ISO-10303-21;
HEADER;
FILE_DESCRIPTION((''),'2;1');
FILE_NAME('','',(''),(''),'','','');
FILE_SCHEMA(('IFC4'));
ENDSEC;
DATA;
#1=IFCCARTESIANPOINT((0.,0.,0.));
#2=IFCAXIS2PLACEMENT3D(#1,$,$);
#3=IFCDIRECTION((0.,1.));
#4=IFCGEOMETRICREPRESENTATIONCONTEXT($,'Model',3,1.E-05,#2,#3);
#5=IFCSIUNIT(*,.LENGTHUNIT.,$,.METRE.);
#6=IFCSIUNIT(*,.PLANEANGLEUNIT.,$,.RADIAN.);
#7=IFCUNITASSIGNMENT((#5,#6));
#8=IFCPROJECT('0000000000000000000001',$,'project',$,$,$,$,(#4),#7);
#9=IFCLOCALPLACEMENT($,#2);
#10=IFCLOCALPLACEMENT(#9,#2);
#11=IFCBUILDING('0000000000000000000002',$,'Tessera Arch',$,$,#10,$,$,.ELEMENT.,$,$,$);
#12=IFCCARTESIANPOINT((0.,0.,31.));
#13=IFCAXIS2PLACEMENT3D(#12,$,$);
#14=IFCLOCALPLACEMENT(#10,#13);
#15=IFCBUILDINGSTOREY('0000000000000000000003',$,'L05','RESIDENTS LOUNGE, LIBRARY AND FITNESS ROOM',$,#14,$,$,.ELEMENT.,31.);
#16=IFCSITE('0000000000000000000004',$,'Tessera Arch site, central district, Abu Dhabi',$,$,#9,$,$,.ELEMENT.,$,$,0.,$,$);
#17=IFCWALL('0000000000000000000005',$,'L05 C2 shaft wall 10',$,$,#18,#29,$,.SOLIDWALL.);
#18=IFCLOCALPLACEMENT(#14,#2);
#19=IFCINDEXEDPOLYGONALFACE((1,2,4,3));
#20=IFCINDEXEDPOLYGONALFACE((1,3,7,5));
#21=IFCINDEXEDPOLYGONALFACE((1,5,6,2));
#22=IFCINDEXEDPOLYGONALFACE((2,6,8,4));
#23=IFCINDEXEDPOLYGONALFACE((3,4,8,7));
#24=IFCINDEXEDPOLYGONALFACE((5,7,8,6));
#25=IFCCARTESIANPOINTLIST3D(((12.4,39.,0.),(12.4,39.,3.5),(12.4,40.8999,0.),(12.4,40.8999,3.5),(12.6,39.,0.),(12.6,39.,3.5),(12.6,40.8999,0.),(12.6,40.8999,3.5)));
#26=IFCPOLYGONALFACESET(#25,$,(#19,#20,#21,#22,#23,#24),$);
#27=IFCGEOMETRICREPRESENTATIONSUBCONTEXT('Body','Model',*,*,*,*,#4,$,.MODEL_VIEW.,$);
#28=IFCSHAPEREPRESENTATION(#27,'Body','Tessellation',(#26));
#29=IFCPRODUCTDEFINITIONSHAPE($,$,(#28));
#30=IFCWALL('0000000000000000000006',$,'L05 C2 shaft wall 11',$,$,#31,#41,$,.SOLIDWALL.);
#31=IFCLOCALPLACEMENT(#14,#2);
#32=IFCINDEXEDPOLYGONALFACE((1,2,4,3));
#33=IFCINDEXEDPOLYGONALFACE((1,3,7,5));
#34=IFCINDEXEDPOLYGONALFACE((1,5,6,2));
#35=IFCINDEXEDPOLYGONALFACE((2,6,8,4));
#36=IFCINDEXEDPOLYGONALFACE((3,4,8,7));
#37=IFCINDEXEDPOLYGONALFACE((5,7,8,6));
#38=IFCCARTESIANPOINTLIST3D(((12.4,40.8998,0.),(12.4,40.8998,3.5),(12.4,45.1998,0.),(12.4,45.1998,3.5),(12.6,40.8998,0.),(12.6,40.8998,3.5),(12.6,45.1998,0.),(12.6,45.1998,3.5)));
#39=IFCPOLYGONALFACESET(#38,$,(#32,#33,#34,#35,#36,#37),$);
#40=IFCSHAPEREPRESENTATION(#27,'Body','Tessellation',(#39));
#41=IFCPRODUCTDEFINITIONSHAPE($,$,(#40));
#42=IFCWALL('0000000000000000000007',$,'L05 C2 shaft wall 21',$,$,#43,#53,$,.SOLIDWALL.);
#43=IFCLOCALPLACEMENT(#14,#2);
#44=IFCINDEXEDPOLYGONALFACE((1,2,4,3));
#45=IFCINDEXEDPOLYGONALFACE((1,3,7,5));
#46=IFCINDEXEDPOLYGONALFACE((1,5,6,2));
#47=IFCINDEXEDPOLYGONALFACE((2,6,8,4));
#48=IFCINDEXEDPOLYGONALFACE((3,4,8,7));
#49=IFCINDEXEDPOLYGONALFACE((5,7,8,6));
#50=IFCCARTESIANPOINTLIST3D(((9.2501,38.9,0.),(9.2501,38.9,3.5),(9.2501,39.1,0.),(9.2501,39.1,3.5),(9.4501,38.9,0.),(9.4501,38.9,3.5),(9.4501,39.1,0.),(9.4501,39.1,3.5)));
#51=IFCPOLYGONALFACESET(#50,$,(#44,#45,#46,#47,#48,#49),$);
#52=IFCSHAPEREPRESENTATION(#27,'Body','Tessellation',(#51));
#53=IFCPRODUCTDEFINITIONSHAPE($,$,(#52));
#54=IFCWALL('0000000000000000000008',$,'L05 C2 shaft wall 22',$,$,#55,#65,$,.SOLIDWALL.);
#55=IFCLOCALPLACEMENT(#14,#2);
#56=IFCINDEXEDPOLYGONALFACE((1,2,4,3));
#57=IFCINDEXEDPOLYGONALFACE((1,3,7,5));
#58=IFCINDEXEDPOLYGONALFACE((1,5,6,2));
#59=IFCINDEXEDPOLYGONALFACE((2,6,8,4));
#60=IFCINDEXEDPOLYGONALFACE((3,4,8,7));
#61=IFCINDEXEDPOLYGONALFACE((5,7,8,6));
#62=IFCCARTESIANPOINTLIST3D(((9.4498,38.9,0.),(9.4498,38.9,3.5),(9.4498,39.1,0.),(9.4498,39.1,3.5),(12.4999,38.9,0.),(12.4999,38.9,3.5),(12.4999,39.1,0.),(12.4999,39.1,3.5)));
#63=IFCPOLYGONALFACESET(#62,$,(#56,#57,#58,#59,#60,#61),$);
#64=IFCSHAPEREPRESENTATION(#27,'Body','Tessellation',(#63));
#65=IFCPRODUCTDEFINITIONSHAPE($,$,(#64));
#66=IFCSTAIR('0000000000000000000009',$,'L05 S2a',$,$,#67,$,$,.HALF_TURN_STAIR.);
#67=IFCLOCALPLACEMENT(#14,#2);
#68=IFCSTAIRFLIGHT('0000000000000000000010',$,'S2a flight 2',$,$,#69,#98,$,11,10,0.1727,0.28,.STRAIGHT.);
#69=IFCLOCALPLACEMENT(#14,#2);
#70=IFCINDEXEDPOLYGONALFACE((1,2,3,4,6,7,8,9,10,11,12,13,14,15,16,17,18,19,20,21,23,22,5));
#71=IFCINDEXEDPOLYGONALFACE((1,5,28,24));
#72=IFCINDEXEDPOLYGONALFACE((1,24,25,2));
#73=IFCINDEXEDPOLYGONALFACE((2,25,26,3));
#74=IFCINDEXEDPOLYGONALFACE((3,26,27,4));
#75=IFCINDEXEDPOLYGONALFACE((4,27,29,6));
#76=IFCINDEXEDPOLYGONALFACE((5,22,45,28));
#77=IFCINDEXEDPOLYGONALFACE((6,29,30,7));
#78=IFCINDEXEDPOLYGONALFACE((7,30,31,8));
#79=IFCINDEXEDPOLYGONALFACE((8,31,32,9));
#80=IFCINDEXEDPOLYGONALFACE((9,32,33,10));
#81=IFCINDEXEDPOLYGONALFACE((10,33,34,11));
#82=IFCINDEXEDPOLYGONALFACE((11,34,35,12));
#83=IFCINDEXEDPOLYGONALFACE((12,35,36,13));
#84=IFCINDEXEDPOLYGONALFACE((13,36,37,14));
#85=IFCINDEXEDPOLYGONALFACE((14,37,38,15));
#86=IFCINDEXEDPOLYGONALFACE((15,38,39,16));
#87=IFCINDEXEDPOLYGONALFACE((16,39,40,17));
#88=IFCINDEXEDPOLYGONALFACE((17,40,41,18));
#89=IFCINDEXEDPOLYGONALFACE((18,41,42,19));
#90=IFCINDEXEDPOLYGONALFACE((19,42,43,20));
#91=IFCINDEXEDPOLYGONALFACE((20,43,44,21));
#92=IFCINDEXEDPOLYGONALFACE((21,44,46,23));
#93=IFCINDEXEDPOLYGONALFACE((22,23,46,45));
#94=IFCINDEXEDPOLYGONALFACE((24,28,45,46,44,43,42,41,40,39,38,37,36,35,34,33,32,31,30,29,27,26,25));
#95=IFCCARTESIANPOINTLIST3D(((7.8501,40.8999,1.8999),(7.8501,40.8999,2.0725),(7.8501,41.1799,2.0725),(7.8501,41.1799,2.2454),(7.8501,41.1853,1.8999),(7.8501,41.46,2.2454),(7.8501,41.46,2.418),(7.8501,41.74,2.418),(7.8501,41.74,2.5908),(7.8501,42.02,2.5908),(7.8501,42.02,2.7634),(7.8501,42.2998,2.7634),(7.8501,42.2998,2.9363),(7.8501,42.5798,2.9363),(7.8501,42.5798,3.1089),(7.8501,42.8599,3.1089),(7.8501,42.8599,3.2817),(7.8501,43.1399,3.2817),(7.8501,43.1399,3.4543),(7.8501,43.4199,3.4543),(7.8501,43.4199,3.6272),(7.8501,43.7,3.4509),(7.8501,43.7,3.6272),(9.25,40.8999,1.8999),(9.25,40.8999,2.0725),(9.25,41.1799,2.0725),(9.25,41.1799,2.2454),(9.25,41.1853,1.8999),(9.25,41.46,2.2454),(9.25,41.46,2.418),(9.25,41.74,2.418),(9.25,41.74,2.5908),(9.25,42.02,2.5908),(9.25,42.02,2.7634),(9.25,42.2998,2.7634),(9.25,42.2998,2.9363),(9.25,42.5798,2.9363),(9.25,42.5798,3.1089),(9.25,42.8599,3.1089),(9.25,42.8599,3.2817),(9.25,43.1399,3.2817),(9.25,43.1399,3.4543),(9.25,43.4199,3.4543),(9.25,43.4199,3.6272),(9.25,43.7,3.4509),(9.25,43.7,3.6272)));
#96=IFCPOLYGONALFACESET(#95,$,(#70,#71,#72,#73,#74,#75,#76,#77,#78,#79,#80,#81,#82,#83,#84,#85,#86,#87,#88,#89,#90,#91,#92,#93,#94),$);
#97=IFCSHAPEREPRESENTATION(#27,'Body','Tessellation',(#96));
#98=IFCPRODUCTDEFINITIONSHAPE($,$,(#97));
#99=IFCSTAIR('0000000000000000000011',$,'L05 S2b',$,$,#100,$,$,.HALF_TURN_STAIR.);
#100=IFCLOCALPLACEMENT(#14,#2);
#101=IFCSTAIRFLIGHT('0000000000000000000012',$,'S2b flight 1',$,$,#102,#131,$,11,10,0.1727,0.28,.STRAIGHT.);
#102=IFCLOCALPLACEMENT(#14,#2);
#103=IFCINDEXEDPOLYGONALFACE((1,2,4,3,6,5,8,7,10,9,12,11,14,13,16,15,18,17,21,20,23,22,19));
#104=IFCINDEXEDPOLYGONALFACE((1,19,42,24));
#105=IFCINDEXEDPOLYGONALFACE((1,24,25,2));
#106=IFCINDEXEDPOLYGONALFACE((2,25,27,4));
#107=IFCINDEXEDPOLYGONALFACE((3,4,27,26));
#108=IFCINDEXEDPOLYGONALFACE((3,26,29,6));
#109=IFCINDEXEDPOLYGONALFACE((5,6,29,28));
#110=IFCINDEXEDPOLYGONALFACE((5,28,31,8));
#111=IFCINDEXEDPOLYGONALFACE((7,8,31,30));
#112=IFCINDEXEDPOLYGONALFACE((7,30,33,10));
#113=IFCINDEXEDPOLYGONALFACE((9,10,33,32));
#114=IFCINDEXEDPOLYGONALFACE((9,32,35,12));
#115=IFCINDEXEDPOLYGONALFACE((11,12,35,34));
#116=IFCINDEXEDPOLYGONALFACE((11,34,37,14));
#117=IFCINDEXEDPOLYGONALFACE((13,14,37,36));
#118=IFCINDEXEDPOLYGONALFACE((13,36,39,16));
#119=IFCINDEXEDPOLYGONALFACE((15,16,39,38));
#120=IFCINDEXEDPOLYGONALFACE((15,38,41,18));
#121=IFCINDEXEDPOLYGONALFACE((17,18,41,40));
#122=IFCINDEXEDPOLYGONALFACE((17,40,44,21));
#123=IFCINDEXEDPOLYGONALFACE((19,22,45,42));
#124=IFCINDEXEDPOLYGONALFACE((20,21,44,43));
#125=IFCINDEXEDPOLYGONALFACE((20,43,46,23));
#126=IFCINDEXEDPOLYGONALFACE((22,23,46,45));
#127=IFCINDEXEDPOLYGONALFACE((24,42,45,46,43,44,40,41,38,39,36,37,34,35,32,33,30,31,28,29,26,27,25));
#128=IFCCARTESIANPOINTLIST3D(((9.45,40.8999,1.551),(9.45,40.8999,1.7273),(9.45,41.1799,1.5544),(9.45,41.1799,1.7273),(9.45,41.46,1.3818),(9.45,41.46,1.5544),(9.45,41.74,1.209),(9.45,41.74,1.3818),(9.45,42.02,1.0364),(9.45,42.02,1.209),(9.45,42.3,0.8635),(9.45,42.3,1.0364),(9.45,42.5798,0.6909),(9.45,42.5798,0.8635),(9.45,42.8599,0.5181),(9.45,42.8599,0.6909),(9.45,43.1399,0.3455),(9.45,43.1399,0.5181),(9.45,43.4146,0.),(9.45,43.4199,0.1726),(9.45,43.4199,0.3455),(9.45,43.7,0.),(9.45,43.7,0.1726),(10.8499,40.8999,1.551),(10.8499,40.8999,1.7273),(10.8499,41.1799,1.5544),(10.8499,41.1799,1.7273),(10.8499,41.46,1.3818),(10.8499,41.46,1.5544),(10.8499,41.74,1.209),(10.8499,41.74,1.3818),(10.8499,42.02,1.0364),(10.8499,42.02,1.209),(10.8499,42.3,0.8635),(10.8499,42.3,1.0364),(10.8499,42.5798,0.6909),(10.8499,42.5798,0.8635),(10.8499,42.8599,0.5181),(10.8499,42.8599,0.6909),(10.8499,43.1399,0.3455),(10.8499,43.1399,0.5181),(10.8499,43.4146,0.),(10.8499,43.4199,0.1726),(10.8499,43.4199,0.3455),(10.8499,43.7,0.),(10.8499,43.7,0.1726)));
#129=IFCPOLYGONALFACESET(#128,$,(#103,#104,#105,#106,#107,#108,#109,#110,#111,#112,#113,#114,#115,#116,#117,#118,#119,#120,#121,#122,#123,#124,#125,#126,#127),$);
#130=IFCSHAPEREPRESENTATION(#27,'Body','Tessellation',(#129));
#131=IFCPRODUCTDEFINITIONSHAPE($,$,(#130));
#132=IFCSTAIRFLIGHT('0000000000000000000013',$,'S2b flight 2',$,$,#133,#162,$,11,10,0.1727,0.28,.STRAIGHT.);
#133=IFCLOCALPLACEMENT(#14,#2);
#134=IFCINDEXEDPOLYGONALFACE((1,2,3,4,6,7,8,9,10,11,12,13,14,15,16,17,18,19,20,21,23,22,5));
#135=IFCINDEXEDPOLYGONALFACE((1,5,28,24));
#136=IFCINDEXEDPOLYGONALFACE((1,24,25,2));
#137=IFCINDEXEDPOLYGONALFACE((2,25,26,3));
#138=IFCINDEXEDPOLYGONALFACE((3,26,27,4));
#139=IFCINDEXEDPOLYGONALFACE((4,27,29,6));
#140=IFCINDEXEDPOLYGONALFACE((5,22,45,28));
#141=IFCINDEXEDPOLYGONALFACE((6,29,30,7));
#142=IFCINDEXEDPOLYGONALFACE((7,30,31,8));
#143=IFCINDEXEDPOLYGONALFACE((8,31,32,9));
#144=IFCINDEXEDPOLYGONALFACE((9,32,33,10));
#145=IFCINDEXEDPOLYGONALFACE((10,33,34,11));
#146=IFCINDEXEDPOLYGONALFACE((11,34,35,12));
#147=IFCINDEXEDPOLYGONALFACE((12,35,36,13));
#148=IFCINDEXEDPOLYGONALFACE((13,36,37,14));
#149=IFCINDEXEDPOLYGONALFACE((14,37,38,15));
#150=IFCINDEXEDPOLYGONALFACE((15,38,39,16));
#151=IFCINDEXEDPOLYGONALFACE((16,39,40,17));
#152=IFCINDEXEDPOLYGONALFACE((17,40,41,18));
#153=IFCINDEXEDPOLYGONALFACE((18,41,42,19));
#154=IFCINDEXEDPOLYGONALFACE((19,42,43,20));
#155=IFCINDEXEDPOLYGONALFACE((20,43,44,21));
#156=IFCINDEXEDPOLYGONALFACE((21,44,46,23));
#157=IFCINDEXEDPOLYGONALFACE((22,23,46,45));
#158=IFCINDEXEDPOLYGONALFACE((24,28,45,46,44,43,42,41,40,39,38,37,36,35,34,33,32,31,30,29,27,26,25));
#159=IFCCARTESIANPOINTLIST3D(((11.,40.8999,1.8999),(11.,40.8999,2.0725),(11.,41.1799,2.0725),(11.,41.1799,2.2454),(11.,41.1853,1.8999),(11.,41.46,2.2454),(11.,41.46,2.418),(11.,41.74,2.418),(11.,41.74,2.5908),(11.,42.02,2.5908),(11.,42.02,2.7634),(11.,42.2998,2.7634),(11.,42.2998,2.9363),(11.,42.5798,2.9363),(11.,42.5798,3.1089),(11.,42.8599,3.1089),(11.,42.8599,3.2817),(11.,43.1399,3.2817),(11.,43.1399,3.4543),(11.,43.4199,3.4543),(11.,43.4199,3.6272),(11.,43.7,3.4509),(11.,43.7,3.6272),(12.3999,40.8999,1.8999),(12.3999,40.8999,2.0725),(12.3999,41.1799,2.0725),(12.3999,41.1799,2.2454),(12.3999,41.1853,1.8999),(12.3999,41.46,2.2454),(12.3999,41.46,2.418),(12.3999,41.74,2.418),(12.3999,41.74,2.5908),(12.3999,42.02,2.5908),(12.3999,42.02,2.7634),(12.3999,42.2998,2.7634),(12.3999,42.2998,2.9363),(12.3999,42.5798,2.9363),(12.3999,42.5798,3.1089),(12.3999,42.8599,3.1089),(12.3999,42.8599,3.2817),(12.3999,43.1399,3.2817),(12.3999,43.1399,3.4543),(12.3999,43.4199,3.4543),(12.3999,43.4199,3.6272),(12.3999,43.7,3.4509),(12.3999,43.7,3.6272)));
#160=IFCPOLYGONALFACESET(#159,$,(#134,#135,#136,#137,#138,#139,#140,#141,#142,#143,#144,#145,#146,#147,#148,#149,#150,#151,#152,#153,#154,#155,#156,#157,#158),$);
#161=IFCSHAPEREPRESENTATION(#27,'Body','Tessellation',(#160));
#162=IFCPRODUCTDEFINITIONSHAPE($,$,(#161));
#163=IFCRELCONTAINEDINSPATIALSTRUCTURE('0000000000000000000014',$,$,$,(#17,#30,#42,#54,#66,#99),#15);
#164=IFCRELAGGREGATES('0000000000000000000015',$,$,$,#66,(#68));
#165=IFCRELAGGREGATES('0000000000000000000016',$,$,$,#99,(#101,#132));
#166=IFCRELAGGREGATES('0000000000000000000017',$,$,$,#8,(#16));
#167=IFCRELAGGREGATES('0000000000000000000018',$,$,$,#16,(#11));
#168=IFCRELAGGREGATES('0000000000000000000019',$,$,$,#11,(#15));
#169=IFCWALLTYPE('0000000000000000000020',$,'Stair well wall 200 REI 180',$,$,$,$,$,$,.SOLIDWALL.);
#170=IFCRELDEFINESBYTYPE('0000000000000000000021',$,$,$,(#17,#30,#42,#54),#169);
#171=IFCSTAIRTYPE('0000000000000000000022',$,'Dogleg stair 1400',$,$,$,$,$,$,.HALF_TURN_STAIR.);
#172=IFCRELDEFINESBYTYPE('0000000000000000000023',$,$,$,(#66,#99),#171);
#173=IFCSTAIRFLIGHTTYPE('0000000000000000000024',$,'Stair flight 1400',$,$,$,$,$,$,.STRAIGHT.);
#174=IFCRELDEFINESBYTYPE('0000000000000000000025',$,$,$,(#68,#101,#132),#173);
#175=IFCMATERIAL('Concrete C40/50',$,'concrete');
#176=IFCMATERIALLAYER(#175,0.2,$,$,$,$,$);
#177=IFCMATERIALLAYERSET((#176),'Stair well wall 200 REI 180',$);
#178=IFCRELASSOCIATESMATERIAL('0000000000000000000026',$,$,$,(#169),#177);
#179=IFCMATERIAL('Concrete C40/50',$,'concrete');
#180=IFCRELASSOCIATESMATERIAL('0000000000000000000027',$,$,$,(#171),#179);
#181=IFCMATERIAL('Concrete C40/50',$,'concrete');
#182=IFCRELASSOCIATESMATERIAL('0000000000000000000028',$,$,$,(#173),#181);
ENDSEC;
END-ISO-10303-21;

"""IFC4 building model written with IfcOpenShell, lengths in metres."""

from ifc_helpers import new_model, si_unit, direction, frame, frame_2d, origin, place, context, subcontext, project, spatial, polyline, rectangle, outline, extrude, material, layer, layer_set, type_object, element, aggregate, save


model = new_model("IFC4")

# Units and contexts
model_context = context("Model", 3, precision=1e-05, world=origin(), true_north=direction((0.0, 1.0)))
body_context = subcontext(model_context, "Body", "Model", "MODEL_VIEW")
ifc_project = project(units=[si_unit("LENGTHUNIT", "METRE"), si_unit("PLANEANGLEUNIT", "RADIAN")], contexts=[model_context])

# Site, building, storey
site_placement = place(None, origin())
site = spatial("IfcSite", under=ifc_project, at=site_placement, Name="Tessera Arch site, central district, Abu Dhabi", CompositionType="ELEMENT", RefElevation=0.0)
building_placement = place(site_placement, origin())
building = spatial("IfcBuilding", under=site, at=building_placement, Name="Tessera Arch", CompositionType="ELEMENT")
storey_placement = place(building_placement, frame((0.0, 0.0, 31.0)))
storey = spatial("IfcBuildingStorey", under=building, at=storey_placement, Name="L05", Description="RESIDENTS LOUNGE, LIBRARY AND FITNESS ROOM", CompositionType="ELEMENT", Elevation=31.0)

# Walls
ifc_material_1 = material(Name="Concrete C40/50", Category="concrete")
ifc_layer_1 = layer(ifc_material_1, 0.2)
ifc_layer_set_1 = layer_set([ifc_layer_1], Name="Stair well wall 200 REI 180")
wall_type_1 = type_object("IfcWallType", Name="Stair well wall 200 REI 180", PredefinedType="SOLIDWALL", material=ifc_layer_set_1)
wall_1_placement = place(storey_placement, frame((12.5, 39.0, 0.0), z_axis=(0.0, 0.0, 1.0), x_axis=(0.0, 1.0, 0.0)))
element("IfcWall", 1, at=wall_1_placement, inside=storey, type_object=wall_type_1, Name="L05 C2 shaft wall 10", PredefinedType="SOLIDWALL", context=body_context, shape_type="SweptSolid", body=[
    extrude(rectangle(XDim=1.8999, YDim=0.2, at=frame_2d((0.95, 0.0))), origin(), (0.0, 0.0, 1.0), 3.5),
])
wall_2_placement = place(storey_placement, frame((12.5, 40.8999, 0.0), z_axis=(0.0, 0.0, 1.0), x_axis=(0.0, 1.0, 0.0)))
element("IfcWall", 2, at=wall_2_placement, inside=storey, type_object=wall_type_1, Name="L05 C2 shaft wall 11", PredefinedType="SOLIDWALL", context=body_context, shape_type="SweptSolid", body=[
    extrude(rectangle(XDim=4.3, YDim=0.2, at=frame_2d((2.1499, 0.0))), origin(), (0.0, 0.0, 1.0), 3.5),
])
wall_3_placement = place(storey_placement, frame((9.25, 39.0, 0.0), z_axis=(0.0, 0.0, 1.0), x_axis=(1.0, 0.0, 0.0)))
element("IfcWall", 3, at=wall_3_placement, inside=storey, type_object=wall_type_1, Name="L05 C2 shaft wall 21", PredefinedType="SOLIDWALL", context=body_context, shape_type="SweptSolid", body=[
    extrude(rectangle(XDim=0.2, YDim=0.2, at=frame_2d((0.1001, 0.0))), origin(), (0.0, 0.0, 1.0), 3.5),
])
wall_4_placement = place(storey_placement, frame((9.45, 39.0, 0.0), z_axis=(0.0, 0.0, 1.0), x_axis=(1.0, 0.0, 0.0)))
element("IfcWall", 4, at=wall_4_placement, inside=storey, type_object=wall_type_1, Name="L05 C2 shaft wall 22", PredefinedType="SOLIDWALL", context=body_context, shape_type="SweptSolid", body=[
    extrude(rectangle(XDim=3.05, YDim=0.2, at=frame_2d((1.5249, 0.0))), origin(), (0.0, 0.0, 1.0), 3.5),
])

# Stair, stair flight
ifc_material_2 = material(Name="Concrete C40/50", Category="concrete")
stair_type = type_object("IfcStairType", Name="Dogleg stair 1400", PredefinedType="HALF_TURN_STAIR", material=ifc_material_2)
stair_1_placement = place(storey_placement, origin())
stair_1 = element("IfcStair", 5, at=stair_1_placement, inside=storey, type_object=stair_type, Name="L05 S2a", PredefinedType="HALF_TURN_STAIR")
ifc_material_3 = material(Name="Concrete C40/50", Category="concrete")
stair_flight_type = type_object("IfcStairFlightType", Name="Stair flight 1400", PredefinedType="STRAIGHT", material=ifc_material_3)
stair_flight_1_placement = place(storey_placement, frame((8.55, 40.8999, 1.8999), z_axis=(0.0, 0.0, 1.0), x_axis=(0.0, 1.0, 0.0)))
stair_flight_1 = element("IfcStairFlight", 6, at=stair_flight_1_placement, type_object=stair_flight_type, Name="S2a flight 2", NumberOfRisers=11, NumberOfTreads=10, PredefinedType="STRAIGHT", RiserHeight=0.1727, TreadLength=0.28, context=body_context, shape_type="SweptSolid", body=[
    extrude(outline(polyline([(0.0, 0.0), (0.0, 0.1726), (0.28, 0.1726), (0.28, 0.3455), (0.5601, 0.3455), (0.5601, 0.5181), (0.8401, 0.5181), (0.8401, 0.6909), (1.1201, 0.6909), (1.1201, 0.8635), (1.3999, 0.8635), (1.3999, 1.0364), (1.6799, 1.0364), (1.6799, 1.209), (1.96, 1.209), (1.96, 1.3818), (2.24, 1.3818), (2.24, 1.5544), (2.52, 1.5544), (2.52, 1.7273), (2.8, 1.7273), (2.8, 1.8999), (2.8, 1.551), (0.2854, 0.0), (0.0, 0.0)])), frame((0.0, 0.7, 0.0), z_axis=(0.0, -1.0, 0.0), x_axis=(1.0, 0.0, 0.0)), (0.0, 0.0, 1.0), 1.3999),
])
aggregate(stair_1, [stair_flight_1])

# Stair, stair flights
stair_2_placement = place(storey_placement, origin())
stair_2 = element("IfcStair", 7, at=stair_2_placement, inside=storey, type_object=stair_type, Name="L05 S2b", PredefinedType="HALF_TURN_STAIR")
stair_flight_2_placement = place(storey_placement, frame((10.1499, 43.7, 0.0), z_axis=(0.0, 0.0, 1.0), x_axis=(0.0, -1.0, 0.0)))
stair_flight_2 = element("IfcStairFlight", 8, at=stair_flight_2_placement, type_object=stair_flight_type, Name="S2b flight 1", NumberOfRisers=11, NumberOfTreads=10, PredefinedType="STRAIGHT", RiserHeight=0.1727, TreadLength=0.28, context=body_context, shape_type="SweptSolid", body=[
    extrude(outline(polyline([(0.0, 0.0), (0.0, 0.1726), (0.28, 0.1726), (0.28, 0.3455), (0.5601, 0.3455), (0.5601, 0.5181), (0.8401, 0.5181), (0.8401, 0.6909), (1.1201, 0.6909), (1.1201, 0.8635), (1.3999, 0.8635), (1.3999, 1.0364), (1.6799, 1.0364), (1.6799, 1.209), (1.96, 1.209), (1.96, 1.3818), (2.24, 1.3818), (2.24, 1.5544), (2.52, 1.5544), (2.52, 1.7273), (2.8, 1.7273), (2.8, 1.8999), (2.8, 1.551), (0.2854, 0.0), (0.0, 0.0)])), frame((0.0, 0.7, 0.0), z_axis=(0.0, -1.0, 0.0), x_axis=(1.0, 0.0, 0.0)), (0.0, 0.0, 1.0), 1.3999),
])
stair_flight_3_placement = place(storey_placement, frame((11.7, 40.8999, 1.8999), z_axis=(0.0, 0.0, 1.0), x_axis=(0.0, 1.0, 0.0)))
stair_flight_3 = element("IfcStairFlight", 9, at=stair_flight_3_placement, type_object=stair_flight_type, Name="S2b flight 2", NumberOfRisers=11, NumberOfTreads=10, PredefinedType="STRAIGHT", RiserHeight=0.1727, TreadLength=0.28, context=body_context, shape_type="SweptSolid", body=[
    extrude(outline(polyline([(0.0, 0.0), (0.0, 0.1726), (0.28, 0.1726), (0.28, 0.3455), (0.5601, 0.3455), (0.5601, 0.5181), (0.8401, 0.5181), (0.8401, 0.6909), (1.1201, 0.6909), (1.1201, 0.8635), (1.3999, 0.8635), (1.3999, 1.0364), (1.6799, 1.0364), (1.6799, 1.209), (1.96, 1.209), (1.96, 1.3818), (2.24, 1.3818), (2.24, 1.5544), (2.52, 1.5544), (2.52, 1.7273), (2.8, 1.7273), (2.8, 1.8999), (2.8, 1.551), (0.2854, 0.0), (0.0, 0.0)])), frame((0.0, 0.7, 0.0), z_axis=(0.0, -1.0, 0.0), x_axis=(1.0, 0.0, 0.0)), (0.0, 0.0, 1.0), 1.3999),
])
aggregate(stair_2, [stair_flight_2, stair_flight_3])

save(model, "model.ifc")
